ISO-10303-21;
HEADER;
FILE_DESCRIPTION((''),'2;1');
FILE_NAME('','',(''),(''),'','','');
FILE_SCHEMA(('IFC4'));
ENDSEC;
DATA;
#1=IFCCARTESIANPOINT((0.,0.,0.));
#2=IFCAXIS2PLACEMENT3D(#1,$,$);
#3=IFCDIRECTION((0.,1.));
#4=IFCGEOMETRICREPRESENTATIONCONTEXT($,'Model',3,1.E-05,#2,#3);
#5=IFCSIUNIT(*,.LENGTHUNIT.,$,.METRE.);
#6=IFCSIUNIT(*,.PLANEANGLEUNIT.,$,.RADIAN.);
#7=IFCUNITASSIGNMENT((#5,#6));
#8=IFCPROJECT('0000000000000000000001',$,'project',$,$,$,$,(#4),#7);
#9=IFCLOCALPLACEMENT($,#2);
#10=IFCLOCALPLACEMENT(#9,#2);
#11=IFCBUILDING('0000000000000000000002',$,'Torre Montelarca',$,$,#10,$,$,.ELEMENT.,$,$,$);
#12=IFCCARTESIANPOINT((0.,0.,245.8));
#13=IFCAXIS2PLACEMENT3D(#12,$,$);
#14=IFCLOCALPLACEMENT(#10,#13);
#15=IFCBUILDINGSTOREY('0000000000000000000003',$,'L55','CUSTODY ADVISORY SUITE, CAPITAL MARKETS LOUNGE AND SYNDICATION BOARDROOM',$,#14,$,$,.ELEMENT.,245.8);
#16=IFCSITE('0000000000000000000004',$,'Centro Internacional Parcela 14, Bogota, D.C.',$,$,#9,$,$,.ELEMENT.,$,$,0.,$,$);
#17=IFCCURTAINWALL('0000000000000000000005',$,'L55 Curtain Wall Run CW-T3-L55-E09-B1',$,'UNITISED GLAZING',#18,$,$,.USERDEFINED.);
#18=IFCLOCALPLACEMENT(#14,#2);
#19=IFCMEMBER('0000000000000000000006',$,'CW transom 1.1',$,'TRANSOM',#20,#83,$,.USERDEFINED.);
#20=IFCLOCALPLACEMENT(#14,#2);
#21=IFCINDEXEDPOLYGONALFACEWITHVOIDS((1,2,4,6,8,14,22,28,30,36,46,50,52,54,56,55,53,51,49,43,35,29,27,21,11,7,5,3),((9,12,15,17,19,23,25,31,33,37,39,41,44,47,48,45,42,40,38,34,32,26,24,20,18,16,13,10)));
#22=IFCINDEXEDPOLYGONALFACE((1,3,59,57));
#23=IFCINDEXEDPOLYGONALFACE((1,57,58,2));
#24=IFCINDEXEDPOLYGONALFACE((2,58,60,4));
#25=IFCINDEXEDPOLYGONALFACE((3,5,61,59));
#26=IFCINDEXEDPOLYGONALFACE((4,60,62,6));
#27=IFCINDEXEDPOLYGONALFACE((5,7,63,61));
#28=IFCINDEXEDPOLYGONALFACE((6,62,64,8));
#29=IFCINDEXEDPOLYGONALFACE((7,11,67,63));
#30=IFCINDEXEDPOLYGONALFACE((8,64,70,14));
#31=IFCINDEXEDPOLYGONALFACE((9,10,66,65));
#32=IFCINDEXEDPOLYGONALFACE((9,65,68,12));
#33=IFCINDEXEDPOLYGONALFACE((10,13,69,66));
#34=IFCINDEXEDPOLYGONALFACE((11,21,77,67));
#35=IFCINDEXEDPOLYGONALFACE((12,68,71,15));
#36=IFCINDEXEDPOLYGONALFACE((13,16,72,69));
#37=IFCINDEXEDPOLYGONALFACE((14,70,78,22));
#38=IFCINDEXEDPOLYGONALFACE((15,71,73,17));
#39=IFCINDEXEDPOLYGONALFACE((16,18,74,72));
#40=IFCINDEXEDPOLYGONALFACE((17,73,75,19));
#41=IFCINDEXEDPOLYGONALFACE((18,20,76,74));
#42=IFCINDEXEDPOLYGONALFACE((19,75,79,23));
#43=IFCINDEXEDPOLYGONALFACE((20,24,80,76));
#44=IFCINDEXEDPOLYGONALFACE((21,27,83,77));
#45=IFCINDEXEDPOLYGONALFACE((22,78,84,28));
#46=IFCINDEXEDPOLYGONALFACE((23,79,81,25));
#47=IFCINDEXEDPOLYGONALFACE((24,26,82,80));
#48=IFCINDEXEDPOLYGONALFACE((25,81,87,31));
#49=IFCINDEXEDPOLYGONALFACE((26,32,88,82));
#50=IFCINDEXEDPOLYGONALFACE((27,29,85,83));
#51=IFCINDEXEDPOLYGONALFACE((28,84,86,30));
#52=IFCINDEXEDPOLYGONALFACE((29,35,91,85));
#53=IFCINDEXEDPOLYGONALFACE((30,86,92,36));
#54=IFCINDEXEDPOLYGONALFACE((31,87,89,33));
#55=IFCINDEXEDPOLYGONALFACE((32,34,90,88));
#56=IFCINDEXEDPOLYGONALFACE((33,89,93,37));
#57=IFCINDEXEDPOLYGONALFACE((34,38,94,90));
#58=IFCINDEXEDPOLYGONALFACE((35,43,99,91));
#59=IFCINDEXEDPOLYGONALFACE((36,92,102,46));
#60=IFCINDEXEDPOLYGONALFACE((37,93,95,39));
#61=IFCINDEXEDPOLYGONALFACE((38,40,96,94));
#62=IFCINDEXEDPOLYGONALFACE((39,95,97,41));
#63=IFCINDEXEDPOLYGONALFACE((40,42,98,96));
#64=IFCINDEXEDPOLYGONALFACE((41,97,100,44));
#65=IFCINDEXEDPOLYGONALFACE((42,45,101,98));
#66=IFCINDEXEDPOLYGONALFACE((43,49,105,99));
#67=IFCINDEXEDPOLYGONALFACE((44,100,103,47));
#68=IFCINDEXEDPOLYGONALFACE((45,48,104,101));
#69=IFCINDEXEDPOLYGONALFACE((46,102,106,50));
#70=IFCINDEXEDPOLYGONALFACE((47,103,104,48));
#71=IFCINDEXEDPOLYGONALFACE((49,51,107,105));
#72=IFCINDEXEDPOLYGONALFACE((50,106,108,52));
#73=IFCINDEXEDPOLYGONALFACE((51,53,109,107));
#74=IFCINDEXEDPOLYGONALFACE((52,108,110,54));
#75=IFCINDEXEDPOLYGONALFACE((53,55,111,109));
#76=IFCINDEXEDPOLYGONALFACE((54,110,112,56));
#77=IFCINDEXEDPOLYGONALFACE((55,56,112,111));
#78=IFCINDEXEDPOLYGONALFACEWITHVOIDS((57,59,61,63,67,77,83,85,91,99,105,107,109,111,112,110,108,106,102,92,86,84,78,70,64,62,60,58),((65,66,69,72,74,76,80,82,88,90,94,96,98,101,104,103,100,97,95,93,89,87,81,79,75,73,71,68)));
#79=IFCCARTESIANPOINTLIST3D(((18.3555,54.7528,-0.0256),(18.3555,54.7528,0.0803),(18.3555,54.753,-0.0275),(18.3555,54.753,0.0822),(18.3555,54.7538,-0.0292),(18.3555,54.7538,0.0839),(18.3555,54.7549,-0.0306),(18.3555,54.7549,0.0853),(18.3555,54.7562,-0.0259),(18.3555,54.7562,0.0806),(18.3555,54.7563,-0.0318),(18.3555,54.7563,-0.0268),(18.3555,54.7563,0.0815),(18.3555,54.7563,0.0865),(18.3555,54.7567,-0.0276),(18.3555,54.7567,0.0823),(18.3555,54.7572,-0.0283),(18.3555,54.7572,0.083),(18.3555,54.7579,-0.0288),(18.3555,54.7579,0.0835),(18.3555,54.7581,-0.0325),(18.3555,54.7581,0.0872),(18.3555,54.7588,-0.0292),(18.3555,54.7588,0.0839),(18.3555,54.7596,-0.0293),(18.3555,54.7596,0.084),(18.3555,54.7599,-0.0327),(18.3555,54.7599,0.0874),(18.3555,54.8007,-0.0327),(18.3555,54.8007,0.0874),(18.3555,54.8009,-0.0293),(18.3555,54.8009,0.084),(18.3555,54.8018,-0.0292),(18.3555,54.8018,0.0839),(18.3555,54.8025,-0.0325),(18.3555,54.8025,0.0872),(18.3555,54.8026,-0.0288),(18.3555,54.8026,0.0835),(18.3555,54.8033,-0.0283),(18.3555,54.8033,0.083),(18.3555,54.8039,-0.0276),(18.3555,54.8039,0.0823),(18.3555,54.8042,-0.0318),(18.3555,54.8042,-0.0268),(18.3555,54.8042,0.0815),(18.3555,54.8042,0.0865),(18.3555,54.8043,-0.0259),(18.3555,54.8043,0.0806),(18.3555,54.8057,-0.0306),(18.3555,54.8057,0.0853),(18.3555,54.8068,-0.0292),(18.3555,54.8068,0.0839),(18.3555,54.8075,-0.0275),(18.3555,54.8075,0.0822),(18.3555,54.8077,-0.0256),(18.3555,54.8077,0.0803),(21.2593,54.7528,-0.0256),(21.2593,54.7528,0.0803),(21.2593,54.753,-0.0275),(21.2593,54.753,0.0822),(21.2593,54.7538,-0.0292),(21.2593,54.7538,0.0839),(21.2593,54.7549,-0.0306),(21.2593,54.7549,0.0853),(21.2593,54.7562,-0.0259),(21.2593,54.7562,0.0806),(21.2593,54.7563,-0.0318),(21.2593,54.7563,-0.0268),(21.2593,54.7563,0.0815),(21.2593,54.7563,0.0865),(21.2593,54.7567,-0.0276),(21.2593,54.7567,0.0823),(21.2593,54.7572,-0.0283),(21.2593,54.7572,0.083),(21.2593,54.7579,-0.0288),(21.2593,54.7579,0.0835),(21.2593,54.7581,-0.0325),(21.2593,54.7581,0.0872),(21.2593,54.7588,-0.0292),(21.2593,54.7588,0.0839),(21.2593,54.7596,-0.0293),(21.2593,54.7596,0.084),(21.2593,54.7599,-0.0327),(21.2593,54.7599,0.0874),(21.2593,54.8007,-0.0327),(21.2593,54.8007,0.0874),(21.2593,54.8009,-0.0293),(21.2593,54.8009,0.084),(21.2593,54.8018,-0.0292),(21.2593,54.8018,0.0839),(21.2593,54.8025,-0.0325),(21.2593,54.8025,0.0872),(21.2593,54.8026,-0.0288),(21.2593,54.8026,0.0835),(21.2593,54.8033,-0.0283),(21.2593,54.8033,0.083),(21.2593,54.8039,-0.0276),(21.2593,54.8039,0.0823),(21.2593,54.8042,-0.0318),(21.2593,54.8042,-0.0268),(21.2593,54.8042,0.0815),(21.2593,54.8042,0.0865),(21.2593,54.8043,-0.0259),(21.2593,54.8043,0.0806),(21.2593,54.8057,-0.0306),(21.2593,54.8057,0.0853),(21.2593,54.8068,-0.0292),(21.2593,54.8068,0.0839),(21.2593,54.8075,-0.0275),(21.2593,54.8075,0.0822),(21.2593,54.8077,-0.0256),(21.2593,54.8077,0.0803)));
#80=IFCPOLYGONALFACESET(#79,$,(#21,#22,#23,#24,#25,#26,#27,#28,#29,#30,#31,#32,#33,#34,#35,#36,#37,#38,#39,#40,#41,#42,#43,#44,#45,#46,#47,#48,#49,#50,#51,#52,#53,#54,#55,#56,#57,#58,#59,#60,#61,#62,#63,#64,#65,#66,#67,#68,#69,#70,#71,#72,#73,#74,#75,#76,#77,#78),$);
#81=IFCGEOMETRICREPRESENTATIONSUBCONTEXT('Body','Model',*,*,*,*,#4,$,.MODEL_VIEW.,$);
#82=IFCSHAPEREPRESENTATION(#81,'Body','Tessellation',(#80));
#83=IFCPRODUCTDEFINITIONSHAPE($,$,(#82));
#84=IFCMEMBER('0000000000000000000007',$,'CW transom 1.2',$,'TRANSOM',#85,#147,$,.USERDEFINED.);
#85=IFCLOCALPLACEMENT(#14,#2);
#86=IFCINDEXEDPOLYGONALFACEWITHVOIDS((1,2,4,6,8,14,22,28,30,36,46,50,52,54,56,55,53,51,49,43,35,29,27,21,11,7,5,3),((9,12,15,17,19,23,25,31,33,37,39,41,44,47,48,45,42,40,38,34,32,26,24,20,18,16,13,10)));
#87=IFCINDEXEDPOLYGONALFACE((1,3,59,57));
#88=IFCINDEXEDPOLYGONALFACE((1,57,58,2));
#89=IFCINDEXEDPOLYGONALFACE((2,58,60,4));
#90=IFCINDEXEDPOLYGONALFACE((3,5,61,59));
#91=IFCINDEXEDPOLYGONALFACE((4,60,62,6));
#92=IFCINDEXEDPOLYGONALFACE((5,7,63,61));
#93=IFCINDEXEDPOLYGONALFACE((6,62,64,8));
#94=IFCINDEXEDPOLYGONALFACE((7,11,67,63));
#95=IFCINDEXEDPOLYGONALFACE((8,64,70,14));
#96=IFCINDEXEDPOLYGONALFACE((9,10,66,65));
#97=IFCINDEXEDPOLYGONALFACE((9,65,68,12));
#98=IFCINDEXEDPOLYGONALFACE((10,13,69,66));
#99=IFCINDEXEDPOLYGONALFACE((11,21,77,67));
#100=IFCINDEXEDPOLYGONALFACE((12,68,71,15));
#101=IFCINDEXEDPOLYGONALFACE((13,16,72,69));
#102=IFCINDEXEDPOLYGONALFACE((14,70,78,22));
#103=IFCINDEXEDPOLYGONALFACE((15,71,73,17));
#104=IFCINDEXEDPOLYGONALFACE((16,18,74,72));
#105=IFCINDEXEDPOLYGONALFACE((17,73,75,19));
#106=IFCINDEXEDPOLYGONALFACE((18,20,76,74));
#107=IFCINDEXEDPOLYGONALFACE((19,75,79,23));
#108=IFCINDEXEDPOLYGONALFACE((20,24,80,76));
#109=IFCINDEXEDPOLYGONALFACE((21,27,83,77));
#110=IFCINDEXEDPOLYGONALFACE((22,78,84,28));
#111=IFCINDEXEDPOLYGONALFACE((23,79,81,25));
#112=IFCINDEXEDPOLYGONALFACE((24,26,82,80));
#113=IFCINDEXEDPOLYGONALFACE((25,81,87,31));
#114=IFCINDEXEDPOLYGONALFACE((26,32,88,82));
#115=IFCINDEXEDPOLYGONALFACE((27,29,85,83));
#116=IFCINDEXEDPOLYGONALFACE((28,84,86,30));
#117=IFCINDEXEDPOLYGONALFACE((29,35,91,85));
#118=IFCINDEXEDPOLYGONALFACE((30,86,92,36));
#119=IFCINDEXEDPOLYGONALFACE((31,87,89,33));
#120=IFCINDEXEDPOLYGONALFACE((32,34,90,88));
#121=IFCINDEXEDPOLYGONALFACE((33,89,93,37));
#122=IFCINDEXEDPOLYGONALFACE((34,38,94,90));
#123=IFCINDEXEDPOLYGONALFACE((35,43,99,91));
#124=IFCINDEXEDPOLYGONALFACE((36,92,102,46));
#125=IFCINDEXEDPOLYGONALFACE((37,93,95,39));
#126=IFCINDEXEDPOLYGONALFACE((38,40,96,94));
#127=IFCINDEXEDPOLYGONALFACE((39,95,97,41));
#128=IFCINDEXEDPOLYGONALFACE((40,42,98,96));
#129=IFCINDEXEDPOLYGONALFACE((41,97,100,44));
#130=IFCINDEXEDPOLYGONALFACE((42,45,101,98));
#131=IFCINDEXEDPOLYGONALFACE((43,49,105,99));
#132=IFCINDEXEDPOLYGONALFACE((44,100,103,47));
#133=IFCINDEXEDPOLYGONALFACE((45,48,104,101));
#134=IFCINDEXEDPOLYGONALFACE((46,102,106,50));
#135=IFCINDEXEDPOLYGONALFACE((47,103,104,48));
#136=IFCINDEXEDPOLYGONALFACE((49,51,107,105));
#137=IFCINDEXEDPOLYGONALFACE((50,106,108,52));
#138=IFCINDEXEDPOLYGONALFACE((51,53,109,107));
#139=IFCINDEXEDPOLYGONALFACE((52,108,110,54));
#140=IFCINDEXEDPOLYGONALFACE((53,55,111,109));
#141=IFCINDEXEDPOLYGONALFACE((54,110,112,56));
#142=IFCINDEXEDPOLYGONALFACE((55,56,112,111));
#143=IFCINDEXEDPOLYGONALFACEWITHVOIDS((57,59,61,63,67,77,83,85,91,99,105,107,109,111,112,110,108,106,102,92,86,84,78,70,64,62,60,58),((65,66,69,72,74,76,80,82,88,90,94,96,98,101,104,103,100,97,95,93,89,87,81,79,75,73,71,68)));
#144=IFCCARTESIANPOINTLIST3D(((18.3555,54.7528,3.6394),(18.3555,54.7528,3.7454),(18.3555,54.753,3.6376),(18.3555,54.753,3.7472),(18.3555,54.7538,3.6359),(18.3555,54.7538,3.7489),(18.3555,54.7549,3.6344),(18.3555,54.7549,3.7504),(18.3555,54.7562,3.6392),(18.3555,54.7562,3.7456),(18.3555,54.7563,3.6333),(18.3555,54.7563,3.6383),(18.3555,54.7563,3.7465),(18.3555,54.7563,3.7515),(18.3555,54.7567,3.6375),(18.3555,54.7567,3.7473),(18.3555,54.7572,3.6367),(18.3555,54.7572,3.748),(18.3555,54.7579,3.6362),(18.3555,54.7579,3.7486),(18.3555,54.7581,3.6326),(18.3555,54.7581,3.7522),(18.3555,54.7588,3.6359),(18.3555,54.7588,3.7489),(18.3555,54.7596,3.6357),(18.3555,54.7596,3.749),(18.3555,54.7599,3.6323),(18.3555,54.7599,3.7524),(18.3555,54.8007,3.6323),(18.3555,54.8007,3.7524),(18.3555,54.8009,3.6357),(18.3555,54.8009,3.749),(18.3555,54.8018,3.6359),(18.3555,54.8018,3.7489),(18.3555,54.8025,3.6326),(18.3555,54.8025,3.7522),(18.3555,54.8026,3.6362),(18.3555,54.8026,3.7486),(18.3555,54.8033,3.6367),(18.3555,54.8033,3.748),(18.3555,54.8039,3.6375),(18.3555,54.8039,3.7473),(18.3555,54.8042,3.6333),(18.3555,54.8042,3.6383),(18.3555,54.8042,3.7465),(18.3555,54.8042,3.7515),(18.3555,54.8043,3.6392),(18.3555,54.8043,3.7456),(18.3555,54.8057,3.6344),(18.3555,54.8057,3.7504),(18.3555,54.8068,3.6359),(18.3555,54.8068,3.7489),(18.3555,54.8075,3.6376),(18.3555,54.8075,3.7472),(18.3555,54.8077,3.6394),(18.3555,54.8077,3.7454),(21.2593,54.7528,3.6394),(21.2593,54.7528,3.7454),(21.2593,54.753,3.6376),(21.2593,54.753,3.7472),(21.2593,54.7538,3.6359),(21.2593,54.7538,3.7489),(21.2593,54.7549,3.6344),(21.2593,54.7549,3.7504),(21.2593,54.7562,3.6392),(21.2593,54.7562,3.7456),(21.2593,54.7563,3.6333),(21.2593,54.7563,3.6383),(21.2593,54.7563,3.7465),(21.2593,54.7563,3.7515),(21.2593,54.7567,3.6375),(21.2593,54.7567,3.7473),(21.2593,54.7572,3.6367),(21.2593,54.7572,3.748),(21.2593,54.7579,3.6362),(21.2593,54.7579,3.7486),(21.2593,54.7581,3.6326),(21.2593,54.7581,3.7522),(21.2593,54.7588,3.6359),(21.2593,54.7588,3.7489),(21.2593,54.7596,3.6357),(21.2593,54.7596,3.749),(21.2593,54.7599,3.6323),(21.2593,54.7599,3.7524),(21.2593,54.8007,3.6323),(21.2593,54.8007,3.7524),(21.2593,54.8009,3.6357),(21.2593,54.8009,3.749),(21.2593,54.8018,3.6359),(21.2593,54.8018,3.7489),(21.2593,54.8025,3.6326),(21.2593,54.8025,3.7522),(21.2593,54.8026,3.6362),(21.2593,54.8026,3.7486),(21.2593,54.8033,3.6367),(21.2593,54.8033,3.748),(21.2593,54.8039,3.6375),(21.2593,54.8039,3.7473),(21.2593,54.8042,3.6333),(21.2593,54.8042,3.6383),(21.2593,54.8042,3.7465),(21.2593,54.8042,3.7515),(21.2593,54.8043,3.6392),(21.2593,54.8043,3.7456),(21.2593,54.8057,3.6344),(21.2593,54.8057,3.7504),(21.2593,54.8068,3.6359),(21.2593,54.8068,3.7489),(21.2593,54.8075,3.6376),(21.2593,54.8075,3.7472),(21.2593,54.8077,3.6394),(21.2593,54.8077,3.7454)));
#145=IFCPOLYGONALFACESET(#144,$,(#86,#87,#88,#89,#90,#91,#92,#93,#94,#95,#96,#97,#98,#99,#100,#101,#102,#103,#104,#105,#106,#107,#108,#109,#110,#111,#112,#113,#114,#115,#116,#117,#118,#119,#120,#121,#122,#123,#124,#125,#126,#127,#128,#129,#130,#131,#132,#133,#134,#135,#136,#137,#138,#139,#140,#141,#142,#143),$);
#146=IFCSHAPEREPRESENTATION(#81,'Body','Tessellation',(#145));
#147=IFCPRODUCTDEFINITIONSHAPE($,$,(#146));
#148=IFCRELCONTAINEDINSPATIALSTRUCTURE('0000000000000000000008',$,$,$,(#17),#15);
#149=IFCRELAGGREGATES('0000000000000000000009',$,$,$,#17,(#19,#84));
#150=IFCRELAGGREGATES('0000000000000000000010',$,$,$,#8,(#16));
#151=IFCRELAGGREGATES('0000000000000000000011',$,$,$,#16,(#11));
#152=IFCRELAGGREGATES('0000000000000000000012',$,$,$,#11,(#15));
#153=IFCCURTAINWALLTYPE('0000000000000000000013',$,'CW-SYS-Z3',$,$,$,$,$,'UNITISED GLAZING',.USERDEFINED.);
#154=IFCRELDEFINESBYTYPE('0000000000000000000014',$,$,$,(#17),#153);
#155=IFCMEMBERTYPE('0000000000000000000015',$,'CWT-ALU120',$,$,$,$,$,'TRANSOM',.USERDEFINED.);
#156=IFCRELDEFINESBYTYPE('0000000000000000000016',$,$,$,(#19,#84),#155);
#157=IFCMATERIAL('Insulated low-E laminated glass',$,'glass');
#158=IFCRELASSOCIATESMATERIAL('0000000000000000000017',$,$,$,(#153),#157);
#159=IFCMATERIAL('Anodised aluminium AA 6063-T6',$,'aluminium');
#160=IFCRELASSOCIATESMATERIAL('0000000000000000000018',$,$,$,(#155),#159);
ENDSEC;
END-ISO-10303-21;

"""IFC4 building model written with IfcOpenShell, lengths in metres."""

from ifc_helpers import new_model, si_unit, direction, frame, origin, origin_2d, place, context, subcontext, project, spatial, hollow_rectangle, extrude, source, transform, mapped, material, material_profile, profile_set, type_object, element, aggregate, save


model = new_model("IFC4")

# Units and contexts
model_context = context("Model", 3, precision=1e-05, world=origin(), true_north=direction((0.0, 1.0)))
body_context = subcontext(model_context, "Body", "Model", "MODEL_VIEW")
ifc_project = project(units=[si_unit("LENGTHUNIT", "METRE"), si_unit("PLANEANGLEUNIT", "RADIAN")], contexts=[model_context])

# Site, building, storey
site_placement = place(None, origin())
site = spatial("IfcSite", under=ifc_project, at=site_placement, Name="Centro Internacional Parcela 14, Bogota, D.C.", CompositionType="ELEMENT", RefElevation=0.0)
building_placement = place(site_placement, origin())
building = spatial("IfcBuilding", under=site, at=building_placement, Name="Torre Montelarca", CompositionType="ELEMENT")
storey_placement = place(building_placement, frame((0.0, 0.0, 245.8)))
storey = spatial("IfcBuildingStorey", under=building, at=storey_placement, Name="L55", Description="CUSTODY ADVISORY SUITE, CAPITAL MARKETS LOUNGE AND SYNDICATION BOARDROOM", CompositionType="ELEMENT", Elevation=245.8)

# Shared definitions
ifc_material_1 = material(Name="Insulated low-E laminated glass", Category="glass")
curtain_wall_type = type_object("IfcCurtainWallType", Name="CW-SYS-Z3", ElementType="UNITISED GLAZING", PredefinedType="USERDEFINED", material=ifc_material_1)
ifc_material_2 = material(Name="Anodised aluminium AA 6063-T6", Category="aluminium")

# Curtain wall, members
curtain_wall_1_placement = place(storey_placement, origin())
curtain_wall_1 = element("IfcCurtainWall", 1, at=curtain_wall_1_placement, inside=storey, type_object=curtain_wall_type, Name="L55 Curtain Wall Run CW-T3-L55-E09-B1", ObjectType="UNITISED GLAZING", PredefinedType="USERDEFINED")
ifc_material_profile_1 = material_profile(ifc_material_2, hollow_rectangle(XDim=0.0549, YDim=0.1201, WallThickness=0.0034, InnerFilletRadius=0.0034, OuterFilletRadius=0.0071, at=origin_2d()), Name="ALU55X120X3.5", Category="aluminium")
ifc_profile_set_1 = profile_set([ifc_material_profile_1], Name="Anodised aluminium AA 6063-T6")
member_type_1 = type_object("IfcMemberType", Name="CWT-ALU120", ElementType="TRANSOM", PredefinedType="USERDEFINED", material=ifc_profile_set_1)
shared_shape_1 = source(origin(), body_context, "Body", "SweptSolid", [
    extrude(hollow_rectangle(XDim=0.0549, YDim=0.1201, WallThickness=0.0034, InnerFilletRadius=0.0034, OuterFilletRadius=0.0071, at=origin_2d()), origin(), (0.0, 0.0, 1.0), 2.9038),
])
member_1_placement = place(storey_placement, frame((21.2593, 54.7803, 0.0273), z_axis=(-1.0, 0.0, 0.0), x_axis=(0.0, -1.0, 0.0)))
member_1 = element("IfcMember", 2, at=member_1_placement, type_object=member_type_1, Name="CW transom 1.1", ObjectType="TRANSOM", PredefinedType="USERDEFINED", context=body_context, shape_type="MappedRepresentation", body=[
    mapped(shared_shape_1, transform((0.0, 0.0, 0.0), scale=1.0)),
])
member_2_placement = place(storey_placement, frame((21.2593, 54.7803, 3.6924), z_axis=(-1.0, 0.0, 0.0), x_axis=(0.0, -1.0, 0.0)))
member_2 = element("IfcMember", 3, at=member_2_placement, type_object=member_type_1, Name="CW transom 1.2", ObjectType="TRANSOM", PredefinedType="USERDEFINED", context=body_context, shape_type="MappedRepresentation", body=[
    mapped(shared_shape_1, transform((0.0, 0.0, 0.0), scale=1.0)),
])
aggregate(curtain_wall_1, [member_1, member_2])

save(model, "model.ifc")
